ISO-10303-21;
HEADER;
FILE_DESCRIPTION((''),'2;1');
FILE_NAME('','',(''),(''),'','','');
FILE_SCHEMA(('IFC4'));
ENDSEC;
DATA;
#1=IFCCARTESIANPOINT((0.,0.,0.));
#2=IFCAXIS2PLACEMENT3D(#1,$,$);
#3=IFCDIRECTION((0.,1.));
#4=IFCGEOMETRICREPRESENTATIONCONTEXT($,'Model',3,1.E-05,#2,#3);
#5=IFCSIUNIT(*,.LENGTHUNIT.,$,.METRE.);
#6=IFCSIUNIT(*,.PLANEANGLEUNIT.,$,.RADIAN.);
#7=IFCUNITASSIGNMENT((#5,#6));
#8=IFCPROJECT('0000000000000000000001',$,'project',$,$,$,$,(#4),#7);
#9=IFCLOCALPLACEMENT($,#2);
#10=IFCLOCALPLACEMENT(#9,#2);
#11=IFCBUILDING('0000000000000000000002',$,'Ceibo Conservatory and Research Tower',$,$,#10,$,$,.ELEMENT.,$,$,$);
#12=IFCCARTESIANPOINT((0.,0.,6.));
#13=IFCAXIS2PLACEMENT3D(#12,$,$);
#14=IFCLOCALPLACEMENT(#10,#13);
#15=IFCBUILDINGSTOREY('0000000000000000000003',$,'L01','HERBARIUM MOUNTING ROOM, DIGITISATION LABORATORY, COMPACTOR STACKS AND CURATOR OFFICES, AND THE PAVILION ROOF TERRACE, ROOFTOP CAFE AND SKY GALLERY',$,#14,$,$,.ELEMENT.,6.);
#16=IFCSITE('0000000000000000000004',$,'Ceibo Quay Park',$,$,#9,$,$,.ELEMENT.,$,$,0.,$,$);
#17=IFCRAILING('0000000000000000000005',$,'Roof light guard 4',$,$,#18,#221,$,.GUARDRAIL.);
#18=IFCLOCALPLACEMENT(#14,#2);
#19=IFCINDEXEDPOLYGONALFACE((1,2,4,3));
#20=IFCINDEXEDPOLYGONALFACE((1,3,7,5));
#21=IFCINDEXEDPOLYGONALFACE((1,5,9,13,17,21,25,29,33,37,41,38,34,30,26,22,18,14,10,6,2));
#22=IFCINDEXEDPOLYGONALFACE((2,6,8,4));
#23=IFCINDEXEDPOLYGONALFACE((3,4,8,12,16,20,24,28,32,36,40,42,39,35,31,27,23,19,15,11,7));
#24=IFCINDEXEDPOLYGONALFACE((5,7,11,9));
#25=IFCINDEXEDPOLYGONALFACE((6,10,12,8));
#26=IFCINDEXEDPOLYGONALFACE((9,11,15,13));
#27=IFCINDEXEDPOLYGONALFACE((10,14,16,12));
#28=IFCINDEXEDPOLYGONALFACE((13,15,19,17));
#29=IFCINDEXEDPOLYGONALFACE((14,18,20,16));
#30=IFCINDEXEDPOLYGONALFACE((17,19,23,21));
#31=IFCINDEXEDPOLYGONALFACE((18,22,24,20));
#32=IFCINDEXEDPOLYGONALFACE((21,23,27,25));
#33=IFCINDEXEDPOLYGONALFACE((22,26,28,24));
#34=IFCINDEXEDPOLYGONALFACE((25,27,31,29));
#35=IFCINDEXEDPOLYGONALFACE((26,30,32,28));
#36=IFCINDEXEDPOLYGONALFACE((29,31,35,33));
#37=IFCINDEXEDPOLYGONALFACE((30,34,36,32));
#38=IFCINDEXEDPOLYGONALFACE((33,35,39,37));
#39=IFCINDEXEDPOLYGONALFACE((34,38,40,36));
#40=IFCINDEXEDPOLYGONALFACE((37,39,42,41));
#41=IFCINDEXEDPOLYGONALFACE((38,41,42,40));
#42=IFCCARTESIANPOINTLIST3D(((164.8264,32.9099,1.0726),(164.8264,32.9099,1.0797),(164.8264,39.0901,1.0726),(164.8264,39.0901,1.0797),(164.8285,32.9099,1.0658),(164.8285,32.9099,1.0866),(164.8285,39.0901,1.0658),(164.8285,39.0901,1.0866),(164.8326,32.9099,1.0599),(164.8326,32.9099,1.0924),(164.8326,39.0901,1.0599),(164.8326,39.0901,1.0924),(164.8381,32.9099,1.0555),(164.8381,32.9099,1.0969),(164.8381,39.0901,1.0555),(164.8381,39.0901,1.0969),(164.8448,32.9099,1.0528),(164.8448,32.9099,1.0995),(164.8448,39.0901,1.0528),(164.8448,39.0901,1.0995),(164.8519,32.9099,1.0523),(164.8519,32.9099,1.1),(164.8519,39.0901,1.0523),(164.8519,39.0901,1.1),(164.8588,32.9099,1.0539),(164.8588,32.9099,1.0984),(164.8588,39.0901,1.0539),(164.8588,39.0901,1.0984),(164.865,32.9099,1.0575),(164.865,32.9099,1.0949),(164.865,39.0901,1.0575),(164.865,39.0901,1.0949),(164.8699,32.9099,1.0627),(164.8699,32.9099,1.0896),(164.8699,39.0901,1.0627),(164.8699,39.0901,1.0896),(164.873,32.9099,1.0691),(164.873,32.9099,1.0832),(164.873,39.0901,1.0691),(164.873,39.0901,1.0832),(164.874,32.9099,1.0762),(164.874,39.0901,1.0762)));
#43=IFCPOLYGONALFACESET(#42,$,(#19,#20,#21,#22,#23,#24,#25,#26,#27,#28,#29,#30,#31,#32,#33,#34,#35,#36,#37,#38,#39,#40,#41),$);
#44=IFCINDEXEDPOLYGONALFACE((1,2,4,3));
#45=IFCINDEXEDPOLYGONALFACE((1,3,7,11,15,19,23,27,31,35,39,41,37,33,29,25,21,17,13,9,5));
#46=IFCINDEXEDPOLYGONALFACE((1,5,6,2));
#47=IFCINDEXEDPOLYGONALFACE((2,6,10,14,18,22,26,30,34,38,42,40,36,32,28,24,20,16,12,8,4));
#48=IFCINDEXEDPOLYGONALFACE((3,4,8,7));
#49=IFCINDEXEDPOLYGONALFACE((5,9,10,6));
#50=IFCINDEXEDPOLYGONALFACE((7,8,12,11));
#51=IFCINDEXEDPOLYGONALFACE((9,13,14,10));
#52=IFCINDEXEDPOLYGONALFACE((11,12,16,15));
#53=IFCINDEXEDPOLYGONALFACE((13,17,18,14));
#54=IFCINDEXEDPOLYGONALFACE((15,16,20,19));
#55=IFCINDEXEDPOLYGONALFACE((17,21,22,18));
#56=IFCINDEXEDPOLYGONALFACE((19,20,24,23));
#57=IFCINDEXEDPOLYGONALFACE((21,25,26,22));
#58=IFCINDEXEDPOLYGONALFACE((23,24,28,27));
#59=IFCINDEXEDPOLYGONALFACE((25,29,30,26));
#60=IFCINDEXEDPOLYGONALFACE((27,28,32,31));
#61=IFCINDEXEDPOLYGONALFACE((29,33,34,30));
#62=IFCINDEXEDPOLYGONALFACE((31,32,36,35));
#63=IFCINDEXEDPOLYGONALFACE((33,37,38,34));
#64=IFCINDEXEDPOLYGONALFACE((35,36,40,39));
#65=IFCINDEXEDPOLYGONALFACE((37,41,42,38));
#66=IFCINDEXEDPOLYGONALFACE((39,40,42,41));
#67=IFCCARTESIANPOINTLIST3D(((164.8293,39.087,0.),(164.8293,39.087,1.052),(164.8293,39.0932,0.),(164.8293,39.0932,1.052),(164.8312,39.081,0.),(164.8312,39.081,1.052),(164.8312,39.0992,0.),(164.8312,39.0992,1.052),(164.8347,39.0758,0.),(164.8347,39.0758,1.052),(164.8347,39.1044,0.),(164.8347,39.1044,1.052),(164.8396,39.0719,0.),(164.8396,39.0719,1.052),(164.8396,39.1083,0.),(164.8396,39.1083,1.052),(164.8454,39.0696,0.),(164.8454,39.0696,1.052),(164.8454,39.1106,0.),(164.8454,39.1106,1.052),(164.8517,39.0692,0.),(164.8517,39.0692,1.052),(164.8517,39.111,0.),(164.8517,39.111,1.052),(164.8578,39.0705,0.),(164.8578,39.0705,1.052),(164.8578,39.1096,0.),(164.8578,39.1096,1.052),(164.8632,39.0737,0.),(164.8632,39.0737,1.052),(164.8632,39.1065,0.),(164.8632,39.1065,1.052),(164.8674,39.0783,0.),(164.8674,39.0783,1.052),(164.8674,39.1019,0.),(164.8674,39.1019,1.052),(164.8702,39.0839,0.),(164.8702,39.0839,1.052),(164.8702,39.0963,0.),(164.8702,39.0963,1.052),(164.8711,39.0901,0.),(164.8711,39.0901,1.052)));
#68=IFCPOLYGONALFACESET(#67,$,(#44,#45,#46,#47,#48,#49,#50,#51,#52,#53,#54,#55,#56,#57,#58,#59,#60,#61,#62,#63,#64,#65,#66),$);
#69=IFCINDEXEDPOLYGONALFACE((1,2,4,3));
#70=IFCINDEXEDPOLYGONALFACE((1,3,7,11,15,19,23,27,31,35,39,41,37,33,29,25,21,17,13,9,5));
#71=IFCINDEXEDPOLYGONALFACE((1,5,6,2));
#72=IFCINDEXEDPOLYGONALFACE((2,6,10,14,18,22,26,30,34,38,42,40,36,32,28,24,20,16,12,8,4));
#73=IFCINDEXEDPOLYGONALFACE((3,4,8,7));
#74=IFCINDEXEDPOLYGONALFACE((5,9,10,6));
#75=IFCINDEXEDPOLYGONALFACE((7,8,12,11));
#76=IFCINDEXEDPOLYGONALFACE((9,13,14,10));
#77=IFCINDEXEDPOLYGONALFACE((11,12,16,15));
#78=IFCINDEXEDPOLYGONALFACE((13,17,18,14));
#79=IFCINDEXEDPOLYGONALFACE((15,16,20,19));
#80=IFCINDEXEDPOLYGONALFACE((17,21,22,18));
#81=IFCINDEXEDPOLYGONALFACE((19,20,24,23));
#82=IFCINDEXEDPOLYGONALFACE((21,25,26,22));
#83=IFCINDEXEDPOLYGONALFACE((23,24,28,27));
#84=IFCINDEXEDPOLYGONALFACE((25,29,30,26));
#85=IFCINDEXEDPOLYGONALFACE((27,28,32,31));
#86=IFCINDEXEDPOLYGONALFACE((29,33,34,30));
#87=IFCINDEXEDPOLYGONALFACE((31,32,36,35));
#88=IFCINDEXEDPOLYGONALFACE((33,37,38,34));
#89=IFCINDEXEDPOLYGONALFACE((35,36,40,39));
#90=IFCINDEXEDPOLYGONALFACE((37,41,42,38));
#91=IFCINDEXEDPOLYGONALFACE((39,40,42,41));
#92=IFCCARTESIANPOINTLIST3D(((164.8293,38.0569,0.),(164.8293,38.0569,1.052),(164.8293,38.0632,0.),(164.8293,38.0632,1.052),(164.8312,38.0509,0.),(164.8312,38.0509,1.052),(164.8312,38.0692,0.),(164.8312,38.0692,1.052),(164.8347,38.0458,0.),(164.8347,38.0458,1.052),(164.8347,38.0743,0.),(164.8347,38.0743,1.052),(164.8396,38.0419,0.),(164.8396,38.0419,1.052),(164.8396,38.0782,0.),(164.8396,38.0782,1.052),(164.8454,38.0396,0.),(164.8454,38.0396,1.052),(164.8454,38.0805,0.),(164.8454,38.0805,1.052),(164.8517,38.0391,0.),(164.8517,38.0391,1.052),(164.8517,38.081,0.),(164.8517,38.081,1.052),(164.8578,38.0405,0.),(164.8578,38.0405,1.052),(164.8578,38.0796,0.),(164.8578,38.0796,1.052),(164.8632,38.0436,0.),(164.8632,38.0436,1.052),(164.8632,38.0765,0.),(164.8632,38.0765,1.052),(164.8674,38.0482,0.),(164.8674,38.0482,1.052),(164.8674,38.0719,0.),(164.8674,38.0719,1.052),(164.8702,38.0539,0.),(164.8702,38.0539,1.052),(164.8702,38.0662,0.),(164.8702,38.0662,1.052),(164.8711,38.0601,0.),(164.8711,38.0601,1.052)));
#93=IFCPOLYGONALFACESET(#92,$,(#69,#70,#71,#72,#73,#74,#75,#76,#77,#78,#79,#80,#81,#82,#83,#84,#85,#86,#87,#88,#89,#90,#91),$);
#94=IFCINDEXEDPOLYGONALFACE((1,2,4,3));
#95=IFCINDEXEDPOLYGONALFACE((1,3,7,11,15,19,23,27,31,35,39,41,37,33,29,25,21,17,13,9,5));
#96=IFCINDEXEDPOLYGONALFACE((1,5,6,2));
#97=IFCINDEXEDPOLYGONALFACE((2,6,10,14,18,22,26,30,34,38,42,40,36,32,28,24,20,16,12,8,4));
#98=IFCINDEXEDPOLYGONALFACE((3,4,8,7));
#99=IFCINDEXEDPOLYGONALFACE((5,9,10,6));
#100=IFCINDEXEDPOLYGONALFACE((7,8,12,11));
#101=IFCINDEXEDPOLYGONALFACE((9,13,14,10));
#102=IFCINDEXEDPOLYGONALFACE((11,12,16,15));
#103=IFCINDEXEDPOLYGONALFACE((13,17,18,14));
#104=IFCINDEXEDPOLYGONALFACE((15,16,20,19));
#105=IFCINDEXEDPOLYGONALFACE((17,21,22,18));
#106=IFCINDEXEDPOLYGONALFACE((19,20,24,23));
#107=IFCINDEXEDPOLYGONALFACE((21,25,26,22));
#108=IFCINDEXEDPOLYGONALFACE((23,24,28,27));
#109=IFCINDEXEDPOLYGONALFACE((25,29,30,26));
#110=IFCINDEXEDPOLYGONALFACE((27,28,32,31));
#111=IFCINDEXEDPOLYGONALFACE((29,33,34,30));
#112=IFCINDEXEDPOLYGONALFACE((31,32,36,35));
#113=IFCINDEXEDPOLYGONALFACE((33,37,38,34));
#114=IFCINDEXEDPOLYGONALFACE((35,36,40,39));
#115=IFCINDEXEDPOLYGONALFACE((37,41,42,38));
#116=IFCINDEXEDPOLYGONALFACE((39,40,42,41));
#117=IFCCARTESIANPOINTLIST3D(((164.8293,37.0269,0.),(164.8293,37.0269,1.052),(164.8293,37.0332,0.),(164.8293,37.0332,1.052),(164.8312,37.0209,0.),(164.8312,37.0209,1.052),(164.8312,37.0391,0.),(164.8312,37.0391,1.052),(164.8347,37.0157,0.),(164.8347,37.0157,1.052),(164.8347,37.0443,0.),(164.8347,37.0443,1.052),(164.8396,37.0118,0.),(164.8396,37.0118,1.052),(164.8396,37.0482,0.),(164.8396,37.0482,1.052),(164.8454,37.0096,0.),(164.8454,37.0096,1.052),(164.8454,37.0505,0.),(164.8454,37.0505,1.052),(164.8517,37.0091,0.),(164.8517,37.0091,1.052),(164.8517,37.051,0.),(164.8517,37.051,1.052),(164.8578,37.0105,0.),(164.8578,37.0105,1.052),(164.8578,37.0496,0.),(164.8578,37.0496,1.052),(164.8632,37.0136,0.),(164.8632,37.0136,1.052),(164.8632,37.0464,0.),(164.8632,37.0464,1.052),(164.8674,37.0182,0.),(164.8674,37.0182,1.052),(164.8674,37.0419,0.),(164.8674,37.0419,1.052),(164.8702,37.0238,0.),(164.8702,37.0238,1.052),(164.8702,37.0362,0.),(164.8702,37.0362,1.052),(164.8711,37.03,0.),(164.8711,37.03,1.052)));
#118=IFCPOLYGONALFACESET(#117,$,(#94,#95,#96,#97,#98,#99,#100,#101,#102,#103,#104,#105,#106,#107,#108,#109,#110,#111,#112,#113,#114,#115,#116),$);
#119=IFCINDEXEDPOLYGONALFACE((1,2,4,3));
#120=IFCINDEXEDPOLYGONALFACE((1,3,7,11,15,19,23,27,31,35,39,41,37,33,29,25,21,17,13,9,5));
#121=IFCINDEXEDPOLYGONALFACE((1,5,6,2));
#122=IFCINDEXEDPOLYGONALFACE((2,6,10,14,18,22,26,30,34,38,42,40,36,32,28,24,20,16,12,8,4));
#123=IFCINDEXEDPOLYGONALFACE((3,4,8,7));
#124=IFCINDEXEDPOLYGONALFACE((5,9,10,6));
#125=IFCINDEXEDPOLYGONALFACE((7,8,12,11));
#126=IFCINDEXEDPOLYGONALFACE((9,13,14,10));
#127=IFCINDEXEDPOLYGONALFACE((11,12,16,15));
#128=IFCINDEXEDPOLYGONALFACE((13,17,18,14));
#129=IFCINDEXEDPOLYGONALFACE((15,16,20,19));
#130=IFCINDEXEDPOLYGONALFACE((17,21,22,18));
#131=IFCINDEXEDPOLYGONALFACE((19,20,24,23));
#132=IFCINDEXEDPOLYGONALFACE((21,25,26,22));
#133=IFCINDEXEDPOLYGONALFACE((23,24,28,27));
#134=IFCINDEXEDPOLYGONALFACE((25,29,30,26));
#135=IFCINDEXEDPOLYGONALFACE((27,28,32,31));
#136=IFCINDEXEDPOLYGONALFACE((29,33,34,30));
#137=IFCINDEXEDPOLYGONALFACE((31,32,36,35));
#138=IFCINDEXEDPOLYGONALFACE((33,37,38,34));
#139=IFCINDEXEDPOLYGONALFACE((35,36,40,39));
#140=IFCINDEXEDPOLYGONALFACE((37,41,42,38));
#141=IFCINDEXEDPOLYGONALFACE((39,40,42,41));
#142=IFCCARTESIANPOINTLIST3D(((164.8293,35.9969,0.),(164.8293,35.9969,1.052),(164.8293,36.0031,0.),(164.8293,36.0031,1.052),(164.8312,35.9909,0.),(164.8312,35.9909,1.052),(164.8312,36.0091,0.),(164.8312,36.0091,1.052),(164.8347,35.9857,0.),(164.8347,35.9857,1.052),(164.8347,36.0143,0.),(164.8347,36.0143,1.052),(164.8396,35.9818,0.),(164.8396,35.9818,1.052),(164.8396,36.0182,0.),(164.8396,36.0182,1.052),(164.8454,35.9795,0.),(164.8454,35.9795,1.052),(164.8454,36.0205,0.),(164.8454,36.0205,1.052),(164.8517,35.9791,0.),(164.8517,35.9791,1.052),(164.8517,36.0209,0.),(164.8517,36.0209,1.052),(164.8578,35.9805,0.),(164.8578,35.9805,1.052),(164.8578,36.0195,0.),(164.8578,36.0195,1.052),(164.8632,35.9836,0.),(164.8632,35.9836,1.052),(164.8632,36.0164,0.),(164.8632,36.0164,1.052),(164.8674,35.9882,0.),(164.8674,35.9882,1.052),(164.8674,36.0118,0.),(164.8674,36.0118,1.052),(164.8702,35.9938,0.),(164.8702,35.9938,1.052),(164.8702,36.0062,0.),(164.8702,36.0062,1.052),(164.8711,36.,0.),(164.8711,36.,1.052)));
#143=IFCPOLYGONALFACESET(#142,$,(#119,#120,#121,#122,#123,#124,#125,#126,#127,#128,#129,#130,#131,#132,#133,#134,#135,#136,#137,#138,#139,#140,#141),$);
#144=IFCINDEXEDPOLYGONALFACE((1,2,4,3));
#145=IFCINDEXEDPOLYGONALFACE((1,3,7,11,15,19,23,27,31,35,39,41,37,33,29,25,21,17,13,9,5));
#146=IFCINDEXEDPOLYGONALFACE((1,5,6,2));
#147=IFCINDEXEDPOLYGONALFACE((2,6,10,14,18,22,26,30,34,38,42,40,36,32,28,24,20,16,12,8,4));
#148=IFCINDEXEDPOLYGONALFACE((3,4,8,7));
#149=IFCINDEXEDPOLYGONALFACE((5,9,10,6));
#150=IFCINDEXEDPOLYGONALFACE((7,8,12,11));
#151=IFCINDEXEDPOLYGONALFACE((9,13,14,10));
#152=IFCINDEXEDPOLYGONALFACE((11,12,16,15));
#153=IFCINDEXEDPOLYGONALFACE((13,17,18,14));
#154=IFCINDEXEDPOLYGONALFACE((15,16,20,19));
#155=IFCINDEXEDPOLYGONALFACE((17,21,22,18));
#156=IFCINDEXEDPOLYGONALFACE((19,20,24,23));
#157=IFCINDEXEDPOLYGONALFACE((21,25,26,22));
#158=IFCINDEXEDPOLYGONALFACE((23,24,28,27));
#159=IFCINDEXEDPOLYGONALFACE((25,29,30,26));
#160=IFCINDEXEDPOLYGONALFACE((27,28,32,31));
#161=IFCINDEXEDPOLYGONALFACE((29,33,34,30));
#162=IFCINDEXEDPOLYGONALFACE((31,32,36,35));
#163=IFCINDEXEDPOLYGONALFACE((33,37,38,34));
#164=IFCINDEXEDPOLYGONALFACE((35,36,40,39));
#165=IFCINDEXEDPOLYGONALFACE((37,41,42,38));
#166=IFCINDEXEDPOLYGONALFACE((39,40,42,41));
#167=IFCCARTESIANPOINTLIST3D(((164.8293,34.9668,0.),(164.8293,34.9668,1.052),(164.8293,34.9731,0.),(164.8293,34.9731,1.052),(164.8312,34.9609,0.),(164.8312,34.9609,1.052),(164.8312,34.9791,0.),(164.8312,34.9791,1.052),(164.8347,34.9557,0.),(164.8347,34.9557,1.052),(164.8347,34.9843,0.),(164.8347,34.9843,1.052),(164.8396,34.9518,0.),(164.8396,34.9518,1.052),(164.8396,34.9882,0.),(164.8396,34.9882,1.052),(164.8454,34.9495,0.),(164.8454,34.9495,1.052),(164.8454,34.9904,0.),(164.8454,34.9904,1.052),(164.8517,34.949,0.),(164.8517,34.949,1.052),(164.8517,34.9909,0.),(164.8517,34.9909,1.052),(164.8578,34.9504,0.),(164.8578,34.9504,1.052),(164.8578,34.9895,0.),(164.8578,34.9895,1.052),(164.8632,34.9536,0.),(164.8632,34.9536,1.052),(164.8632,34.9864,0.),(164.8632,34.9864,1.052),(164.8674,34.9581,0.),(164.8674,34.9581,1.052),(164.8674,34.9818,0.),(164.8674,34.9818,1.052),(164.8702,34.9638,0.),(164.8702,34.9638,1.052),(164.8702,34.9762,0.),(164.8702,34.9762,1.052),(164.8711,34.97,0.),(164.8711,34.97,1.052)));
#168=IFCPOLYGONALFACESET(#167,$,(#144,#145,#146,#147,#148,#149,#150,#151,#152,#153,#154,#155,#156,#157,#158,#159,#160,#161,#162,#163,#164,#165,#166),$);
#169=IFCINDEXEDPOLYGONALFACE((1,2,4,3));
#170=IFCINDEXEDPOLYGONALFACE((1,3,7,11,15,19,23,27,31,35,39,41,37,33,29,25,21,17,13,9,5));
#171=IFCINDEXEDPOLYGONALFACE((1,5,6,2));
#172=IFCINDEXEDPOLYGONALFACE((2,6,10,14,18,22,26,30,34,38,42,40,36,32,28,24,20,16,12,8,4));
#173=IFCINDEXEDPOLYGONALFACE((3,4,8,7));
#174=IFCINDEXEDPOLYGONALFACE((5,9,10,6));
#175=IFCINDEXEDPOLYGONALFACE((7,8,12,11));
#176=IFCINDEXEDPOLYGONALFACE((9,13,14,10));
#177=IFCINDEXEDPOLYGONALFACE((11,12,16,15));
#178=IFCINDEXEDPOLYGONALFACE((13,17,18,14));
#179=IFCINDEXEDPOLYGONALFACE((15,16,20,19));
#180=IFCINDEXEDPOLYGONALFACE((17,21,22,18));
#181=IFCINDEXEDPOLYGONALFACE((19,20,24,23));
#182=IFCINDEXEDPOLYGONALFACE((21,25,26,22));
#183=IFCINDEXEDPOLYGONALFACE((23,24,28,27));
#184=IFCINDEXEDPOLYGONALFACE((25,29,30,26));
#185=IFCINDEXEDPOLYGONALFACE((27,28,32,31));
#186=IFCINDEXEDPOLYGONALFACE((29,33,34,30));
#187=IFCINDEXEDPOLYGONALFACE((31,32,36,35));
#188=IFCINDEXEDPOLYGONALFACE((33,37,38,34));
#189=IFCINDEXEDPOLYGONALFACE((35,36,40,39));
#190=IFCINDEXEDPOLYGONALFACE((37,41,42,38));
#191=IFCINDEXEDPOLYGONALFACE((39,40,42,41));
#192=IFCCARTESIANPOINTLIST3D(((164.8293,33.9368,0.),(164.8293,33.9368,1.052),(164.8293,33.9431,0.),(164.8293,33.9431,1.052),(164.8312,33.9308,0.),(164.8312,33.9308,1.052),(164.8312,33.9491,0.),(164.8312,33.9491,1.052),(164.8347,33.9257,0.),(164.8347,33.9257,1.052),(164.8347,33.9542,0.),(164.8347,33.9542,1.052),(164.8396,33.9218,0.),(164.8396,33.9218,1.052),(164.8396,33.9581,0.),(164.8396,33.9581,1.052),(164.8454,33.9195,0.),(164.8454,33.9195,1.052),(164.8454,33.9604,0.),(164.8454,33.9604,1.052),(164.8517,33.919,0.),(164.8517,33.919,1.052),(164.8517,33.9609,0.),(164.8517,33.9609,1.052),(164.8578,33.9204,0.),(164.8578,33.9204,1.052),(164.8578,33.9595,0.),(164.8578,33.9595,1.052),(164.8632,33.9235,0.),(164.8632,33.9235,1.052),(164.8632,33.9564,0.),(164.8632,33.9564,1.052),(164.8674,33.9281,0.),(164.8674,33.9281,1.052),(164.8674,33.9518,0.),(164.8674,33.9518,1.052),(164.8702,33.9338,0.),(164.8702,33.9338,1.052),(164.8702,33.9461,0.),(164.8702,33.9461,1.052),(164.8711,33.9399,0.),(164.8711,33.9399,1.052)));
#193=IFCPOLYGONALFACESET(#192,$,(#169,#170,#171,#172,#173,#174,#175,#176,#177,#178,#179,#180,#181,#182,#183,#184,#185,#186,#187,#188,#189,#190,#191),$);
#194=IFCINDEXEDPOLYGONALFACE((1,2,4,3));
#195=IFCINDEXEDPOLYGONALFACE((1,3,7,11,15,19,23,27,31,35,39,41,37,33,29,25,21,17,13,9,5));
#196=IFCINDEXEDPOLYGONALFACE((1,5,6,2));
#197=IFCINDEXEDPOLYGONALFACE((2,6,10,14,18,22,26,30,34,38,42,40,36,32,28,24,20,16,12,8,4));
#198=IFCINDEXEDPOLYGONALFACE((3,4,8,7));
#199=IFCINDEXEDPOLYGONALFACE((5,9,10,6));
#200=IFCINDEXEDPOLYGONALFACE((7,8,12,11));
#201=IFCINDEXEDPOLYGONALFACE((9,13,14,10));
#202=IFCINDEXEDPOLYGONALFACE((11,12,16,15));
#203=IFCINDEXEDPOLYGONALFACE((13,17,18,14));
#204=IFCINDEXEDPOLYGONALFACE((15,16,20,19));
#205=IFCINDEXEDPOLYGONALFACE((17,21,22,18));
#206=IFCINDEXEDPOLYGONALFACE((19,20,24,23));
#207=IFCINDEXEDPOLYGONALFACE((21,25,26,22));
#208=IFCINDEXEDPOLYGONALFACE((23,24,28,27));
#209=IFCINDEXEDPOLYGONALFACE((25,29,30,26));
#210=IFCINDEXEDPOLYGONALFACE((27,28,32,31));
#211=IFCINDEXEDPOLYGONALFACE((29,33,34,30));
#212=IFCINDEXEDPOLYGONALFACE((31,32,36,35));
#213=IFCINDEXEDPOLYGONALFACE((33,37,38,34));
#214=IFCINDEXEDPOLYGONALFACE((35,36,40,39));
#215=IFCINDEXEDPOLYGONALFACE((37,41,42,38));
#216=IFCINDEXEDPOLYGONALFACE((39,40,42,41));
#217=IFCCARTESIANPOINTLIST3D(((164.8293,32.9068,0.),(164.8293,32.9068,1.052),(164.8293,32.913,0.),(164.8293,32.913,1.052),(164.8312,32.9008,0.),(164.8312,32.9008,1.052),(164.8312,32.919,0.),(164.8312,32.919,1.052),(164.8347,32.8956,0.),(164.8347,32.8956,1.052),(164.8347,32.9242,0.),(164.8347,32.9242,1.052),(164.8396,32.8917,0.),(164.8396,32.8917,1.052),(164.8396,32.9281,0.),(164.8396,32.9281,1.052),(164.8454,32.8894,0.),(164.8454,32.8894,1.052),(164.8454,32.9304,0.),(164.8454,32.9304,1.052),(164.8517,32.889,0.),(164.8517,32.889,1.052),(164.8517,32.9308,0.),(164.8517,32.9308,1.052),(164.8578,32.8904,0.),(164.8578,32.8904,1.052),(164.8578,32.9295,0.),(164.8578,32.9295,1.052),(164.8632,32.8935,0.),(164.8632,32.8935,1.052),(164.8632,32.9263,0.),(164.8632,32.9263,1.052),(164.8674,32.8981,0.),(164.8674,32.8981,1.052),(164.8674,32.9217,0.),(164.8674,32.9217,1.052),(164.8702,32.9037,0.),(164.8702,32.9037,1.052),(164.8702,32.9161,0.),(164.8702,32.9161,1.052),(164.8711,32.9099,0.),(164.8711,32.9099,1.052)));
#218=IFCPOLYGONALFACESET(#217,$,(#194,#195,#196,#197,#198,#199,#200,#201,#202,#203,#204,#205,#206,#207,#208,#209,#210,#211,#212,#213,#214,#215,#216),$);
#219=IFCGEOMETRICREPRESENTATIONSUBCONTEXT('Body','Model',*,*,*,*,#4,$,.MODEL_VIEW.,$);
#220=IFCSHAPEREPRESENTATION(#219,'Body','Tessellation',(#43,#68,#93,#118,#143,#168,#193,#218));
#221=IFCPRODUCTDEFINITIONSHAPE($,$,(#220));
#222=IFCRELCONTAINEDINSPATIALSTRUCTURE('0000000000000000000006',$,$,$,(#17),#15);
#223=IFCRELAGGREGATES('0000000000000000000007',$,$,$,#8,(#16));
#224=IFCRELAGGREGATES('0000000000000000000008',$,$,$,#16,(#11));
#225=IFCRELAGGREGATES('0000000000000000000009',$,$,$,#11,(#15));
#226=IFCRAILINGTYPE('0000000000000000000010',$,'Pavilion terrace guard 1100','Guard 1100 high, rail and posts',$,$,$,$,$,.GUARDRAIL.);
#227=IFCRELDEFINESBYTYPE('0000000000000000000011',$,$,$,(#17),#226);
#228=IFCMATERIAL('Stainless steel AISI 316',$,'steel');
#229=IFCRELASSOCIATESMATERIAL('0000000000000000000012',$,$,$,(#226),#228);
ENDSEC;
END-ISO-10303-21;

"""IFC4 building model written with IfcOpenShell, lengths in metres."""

from ifc_helpers import new_model, si_unit, direction, frame, origin, origin_2d, place, context, subcontext, project, spatial, circle, extrude, material, type_object, element, save


model = new_model("IFC4")

# Units and contexts
model_context = context("Model", 3, precision=1e-05, world=origin(), true_north=direction((0.0, 1.0)))
body_context = subcontext(model_context, "Body", "Model", "MODEL_VIEW")
ifc_project = project(units=[si_unit("LENGTHUNIT", "METRE"), si_unit("PLANEANGLEUNIT", "RADIAN")], contexts=[model_context])

# Site, building, storey
site_placement = place(None, origin())
site = spatial("IfcSite", under=ifc_project, at=site_placement, Name="Ceibo Quay Park", CompositionType="ELEMENT", RefElevation=0.0)
building_placement = place(site_placement, origin())
building = spatial("IfcBuilding", under=site, at=building_placement, Name="Ceibo Conservatory and Research Tower", CompositionType="ELEMENT")
storey_placement = place(building_placement, frame((0.0, 0.0, 6.0)))
storey = spatial("IfcBuildingStorey", under=building, at=storey_placement, Name="L01", Description="HERBARIUM MOUNTING ROOM, DIGITISATION LABORATORY, COMPACTOR STACKS AND CURATOR OFFICES, AND THE PAVILION ROOF TERRACE, ROOFTOP CAFE AND SKY GALLERY", CompositionType="ELEMENT", Elevation=6.0)

# Railing
ifc_material_1 = material(Name="Stainless steel AISI 316", Category="steel")
railing_type = type_object("IfcRailingType", Name="Pavilion terrace guard 1100", Description="Guard 1100 high, rail and posts", PredefinedType="GUARDRAIL", material=ifc_material_1)
railing_1_placement = place(storey_placement, frame((164.8501, 39.0901, 0.0)))
element("IfcRailing", 1, at=railing_1_placement, inside=storey, type_object=railing_type, Name="Roof light guard 4", PredefinedType="GUARDRAIL", context=body_context, shape_type="SweptSolid", body=[
    extrude(circle(Radius=0.0239, at=origin_2d()), frame((0.0, 0.0, 1.0762), z_axis=(0.0, -1.0, 0.0), x_axis=(1.0, 0.0, 0.0)), (0.0, 0.0, 1.0), 6.1802),
    extrude(circle(Radius=0.021, at=origin_2d()), origin(), (0.0, 0.0, 1.0), 1.052),
    extrude(circle(Radius=0.021, at=origin_2d()), frame((0.0, -1.03, 0.0)), (0.0, 0.0, 1.0), 1.052),
    extrude(circle(Radius=0.021, at=origin_2d()), frame((0.0, -2.0601, 0.0)), (0.0, 0.0, 1.0), 1.052),
    extrude(circle(Radius=0.021, at=origin_2d()), frame((0.0, -3.0901, 0.0)), (0.0, 0.0, 1.0), 1.052),
    extrude(circle(Radius=0.021, at=origin_2d()), frame((0.0, -4.1201, 0.0)), (0.0, 0.0, 1.0), 1.052),
    extrude(circle(Radius=0.021, at=origin_2d()), frame((0.0, -5.1501, 0.0)), (0.0, 0.0, 1.0), 1.052),
    extrude(circle(Radius=0.021, at=origin_2d()), frame((0.0, -6.1802, 0.0)), (0.0, 0.0, 1.0), 1.052),
])

save(model, "model.ifc")
